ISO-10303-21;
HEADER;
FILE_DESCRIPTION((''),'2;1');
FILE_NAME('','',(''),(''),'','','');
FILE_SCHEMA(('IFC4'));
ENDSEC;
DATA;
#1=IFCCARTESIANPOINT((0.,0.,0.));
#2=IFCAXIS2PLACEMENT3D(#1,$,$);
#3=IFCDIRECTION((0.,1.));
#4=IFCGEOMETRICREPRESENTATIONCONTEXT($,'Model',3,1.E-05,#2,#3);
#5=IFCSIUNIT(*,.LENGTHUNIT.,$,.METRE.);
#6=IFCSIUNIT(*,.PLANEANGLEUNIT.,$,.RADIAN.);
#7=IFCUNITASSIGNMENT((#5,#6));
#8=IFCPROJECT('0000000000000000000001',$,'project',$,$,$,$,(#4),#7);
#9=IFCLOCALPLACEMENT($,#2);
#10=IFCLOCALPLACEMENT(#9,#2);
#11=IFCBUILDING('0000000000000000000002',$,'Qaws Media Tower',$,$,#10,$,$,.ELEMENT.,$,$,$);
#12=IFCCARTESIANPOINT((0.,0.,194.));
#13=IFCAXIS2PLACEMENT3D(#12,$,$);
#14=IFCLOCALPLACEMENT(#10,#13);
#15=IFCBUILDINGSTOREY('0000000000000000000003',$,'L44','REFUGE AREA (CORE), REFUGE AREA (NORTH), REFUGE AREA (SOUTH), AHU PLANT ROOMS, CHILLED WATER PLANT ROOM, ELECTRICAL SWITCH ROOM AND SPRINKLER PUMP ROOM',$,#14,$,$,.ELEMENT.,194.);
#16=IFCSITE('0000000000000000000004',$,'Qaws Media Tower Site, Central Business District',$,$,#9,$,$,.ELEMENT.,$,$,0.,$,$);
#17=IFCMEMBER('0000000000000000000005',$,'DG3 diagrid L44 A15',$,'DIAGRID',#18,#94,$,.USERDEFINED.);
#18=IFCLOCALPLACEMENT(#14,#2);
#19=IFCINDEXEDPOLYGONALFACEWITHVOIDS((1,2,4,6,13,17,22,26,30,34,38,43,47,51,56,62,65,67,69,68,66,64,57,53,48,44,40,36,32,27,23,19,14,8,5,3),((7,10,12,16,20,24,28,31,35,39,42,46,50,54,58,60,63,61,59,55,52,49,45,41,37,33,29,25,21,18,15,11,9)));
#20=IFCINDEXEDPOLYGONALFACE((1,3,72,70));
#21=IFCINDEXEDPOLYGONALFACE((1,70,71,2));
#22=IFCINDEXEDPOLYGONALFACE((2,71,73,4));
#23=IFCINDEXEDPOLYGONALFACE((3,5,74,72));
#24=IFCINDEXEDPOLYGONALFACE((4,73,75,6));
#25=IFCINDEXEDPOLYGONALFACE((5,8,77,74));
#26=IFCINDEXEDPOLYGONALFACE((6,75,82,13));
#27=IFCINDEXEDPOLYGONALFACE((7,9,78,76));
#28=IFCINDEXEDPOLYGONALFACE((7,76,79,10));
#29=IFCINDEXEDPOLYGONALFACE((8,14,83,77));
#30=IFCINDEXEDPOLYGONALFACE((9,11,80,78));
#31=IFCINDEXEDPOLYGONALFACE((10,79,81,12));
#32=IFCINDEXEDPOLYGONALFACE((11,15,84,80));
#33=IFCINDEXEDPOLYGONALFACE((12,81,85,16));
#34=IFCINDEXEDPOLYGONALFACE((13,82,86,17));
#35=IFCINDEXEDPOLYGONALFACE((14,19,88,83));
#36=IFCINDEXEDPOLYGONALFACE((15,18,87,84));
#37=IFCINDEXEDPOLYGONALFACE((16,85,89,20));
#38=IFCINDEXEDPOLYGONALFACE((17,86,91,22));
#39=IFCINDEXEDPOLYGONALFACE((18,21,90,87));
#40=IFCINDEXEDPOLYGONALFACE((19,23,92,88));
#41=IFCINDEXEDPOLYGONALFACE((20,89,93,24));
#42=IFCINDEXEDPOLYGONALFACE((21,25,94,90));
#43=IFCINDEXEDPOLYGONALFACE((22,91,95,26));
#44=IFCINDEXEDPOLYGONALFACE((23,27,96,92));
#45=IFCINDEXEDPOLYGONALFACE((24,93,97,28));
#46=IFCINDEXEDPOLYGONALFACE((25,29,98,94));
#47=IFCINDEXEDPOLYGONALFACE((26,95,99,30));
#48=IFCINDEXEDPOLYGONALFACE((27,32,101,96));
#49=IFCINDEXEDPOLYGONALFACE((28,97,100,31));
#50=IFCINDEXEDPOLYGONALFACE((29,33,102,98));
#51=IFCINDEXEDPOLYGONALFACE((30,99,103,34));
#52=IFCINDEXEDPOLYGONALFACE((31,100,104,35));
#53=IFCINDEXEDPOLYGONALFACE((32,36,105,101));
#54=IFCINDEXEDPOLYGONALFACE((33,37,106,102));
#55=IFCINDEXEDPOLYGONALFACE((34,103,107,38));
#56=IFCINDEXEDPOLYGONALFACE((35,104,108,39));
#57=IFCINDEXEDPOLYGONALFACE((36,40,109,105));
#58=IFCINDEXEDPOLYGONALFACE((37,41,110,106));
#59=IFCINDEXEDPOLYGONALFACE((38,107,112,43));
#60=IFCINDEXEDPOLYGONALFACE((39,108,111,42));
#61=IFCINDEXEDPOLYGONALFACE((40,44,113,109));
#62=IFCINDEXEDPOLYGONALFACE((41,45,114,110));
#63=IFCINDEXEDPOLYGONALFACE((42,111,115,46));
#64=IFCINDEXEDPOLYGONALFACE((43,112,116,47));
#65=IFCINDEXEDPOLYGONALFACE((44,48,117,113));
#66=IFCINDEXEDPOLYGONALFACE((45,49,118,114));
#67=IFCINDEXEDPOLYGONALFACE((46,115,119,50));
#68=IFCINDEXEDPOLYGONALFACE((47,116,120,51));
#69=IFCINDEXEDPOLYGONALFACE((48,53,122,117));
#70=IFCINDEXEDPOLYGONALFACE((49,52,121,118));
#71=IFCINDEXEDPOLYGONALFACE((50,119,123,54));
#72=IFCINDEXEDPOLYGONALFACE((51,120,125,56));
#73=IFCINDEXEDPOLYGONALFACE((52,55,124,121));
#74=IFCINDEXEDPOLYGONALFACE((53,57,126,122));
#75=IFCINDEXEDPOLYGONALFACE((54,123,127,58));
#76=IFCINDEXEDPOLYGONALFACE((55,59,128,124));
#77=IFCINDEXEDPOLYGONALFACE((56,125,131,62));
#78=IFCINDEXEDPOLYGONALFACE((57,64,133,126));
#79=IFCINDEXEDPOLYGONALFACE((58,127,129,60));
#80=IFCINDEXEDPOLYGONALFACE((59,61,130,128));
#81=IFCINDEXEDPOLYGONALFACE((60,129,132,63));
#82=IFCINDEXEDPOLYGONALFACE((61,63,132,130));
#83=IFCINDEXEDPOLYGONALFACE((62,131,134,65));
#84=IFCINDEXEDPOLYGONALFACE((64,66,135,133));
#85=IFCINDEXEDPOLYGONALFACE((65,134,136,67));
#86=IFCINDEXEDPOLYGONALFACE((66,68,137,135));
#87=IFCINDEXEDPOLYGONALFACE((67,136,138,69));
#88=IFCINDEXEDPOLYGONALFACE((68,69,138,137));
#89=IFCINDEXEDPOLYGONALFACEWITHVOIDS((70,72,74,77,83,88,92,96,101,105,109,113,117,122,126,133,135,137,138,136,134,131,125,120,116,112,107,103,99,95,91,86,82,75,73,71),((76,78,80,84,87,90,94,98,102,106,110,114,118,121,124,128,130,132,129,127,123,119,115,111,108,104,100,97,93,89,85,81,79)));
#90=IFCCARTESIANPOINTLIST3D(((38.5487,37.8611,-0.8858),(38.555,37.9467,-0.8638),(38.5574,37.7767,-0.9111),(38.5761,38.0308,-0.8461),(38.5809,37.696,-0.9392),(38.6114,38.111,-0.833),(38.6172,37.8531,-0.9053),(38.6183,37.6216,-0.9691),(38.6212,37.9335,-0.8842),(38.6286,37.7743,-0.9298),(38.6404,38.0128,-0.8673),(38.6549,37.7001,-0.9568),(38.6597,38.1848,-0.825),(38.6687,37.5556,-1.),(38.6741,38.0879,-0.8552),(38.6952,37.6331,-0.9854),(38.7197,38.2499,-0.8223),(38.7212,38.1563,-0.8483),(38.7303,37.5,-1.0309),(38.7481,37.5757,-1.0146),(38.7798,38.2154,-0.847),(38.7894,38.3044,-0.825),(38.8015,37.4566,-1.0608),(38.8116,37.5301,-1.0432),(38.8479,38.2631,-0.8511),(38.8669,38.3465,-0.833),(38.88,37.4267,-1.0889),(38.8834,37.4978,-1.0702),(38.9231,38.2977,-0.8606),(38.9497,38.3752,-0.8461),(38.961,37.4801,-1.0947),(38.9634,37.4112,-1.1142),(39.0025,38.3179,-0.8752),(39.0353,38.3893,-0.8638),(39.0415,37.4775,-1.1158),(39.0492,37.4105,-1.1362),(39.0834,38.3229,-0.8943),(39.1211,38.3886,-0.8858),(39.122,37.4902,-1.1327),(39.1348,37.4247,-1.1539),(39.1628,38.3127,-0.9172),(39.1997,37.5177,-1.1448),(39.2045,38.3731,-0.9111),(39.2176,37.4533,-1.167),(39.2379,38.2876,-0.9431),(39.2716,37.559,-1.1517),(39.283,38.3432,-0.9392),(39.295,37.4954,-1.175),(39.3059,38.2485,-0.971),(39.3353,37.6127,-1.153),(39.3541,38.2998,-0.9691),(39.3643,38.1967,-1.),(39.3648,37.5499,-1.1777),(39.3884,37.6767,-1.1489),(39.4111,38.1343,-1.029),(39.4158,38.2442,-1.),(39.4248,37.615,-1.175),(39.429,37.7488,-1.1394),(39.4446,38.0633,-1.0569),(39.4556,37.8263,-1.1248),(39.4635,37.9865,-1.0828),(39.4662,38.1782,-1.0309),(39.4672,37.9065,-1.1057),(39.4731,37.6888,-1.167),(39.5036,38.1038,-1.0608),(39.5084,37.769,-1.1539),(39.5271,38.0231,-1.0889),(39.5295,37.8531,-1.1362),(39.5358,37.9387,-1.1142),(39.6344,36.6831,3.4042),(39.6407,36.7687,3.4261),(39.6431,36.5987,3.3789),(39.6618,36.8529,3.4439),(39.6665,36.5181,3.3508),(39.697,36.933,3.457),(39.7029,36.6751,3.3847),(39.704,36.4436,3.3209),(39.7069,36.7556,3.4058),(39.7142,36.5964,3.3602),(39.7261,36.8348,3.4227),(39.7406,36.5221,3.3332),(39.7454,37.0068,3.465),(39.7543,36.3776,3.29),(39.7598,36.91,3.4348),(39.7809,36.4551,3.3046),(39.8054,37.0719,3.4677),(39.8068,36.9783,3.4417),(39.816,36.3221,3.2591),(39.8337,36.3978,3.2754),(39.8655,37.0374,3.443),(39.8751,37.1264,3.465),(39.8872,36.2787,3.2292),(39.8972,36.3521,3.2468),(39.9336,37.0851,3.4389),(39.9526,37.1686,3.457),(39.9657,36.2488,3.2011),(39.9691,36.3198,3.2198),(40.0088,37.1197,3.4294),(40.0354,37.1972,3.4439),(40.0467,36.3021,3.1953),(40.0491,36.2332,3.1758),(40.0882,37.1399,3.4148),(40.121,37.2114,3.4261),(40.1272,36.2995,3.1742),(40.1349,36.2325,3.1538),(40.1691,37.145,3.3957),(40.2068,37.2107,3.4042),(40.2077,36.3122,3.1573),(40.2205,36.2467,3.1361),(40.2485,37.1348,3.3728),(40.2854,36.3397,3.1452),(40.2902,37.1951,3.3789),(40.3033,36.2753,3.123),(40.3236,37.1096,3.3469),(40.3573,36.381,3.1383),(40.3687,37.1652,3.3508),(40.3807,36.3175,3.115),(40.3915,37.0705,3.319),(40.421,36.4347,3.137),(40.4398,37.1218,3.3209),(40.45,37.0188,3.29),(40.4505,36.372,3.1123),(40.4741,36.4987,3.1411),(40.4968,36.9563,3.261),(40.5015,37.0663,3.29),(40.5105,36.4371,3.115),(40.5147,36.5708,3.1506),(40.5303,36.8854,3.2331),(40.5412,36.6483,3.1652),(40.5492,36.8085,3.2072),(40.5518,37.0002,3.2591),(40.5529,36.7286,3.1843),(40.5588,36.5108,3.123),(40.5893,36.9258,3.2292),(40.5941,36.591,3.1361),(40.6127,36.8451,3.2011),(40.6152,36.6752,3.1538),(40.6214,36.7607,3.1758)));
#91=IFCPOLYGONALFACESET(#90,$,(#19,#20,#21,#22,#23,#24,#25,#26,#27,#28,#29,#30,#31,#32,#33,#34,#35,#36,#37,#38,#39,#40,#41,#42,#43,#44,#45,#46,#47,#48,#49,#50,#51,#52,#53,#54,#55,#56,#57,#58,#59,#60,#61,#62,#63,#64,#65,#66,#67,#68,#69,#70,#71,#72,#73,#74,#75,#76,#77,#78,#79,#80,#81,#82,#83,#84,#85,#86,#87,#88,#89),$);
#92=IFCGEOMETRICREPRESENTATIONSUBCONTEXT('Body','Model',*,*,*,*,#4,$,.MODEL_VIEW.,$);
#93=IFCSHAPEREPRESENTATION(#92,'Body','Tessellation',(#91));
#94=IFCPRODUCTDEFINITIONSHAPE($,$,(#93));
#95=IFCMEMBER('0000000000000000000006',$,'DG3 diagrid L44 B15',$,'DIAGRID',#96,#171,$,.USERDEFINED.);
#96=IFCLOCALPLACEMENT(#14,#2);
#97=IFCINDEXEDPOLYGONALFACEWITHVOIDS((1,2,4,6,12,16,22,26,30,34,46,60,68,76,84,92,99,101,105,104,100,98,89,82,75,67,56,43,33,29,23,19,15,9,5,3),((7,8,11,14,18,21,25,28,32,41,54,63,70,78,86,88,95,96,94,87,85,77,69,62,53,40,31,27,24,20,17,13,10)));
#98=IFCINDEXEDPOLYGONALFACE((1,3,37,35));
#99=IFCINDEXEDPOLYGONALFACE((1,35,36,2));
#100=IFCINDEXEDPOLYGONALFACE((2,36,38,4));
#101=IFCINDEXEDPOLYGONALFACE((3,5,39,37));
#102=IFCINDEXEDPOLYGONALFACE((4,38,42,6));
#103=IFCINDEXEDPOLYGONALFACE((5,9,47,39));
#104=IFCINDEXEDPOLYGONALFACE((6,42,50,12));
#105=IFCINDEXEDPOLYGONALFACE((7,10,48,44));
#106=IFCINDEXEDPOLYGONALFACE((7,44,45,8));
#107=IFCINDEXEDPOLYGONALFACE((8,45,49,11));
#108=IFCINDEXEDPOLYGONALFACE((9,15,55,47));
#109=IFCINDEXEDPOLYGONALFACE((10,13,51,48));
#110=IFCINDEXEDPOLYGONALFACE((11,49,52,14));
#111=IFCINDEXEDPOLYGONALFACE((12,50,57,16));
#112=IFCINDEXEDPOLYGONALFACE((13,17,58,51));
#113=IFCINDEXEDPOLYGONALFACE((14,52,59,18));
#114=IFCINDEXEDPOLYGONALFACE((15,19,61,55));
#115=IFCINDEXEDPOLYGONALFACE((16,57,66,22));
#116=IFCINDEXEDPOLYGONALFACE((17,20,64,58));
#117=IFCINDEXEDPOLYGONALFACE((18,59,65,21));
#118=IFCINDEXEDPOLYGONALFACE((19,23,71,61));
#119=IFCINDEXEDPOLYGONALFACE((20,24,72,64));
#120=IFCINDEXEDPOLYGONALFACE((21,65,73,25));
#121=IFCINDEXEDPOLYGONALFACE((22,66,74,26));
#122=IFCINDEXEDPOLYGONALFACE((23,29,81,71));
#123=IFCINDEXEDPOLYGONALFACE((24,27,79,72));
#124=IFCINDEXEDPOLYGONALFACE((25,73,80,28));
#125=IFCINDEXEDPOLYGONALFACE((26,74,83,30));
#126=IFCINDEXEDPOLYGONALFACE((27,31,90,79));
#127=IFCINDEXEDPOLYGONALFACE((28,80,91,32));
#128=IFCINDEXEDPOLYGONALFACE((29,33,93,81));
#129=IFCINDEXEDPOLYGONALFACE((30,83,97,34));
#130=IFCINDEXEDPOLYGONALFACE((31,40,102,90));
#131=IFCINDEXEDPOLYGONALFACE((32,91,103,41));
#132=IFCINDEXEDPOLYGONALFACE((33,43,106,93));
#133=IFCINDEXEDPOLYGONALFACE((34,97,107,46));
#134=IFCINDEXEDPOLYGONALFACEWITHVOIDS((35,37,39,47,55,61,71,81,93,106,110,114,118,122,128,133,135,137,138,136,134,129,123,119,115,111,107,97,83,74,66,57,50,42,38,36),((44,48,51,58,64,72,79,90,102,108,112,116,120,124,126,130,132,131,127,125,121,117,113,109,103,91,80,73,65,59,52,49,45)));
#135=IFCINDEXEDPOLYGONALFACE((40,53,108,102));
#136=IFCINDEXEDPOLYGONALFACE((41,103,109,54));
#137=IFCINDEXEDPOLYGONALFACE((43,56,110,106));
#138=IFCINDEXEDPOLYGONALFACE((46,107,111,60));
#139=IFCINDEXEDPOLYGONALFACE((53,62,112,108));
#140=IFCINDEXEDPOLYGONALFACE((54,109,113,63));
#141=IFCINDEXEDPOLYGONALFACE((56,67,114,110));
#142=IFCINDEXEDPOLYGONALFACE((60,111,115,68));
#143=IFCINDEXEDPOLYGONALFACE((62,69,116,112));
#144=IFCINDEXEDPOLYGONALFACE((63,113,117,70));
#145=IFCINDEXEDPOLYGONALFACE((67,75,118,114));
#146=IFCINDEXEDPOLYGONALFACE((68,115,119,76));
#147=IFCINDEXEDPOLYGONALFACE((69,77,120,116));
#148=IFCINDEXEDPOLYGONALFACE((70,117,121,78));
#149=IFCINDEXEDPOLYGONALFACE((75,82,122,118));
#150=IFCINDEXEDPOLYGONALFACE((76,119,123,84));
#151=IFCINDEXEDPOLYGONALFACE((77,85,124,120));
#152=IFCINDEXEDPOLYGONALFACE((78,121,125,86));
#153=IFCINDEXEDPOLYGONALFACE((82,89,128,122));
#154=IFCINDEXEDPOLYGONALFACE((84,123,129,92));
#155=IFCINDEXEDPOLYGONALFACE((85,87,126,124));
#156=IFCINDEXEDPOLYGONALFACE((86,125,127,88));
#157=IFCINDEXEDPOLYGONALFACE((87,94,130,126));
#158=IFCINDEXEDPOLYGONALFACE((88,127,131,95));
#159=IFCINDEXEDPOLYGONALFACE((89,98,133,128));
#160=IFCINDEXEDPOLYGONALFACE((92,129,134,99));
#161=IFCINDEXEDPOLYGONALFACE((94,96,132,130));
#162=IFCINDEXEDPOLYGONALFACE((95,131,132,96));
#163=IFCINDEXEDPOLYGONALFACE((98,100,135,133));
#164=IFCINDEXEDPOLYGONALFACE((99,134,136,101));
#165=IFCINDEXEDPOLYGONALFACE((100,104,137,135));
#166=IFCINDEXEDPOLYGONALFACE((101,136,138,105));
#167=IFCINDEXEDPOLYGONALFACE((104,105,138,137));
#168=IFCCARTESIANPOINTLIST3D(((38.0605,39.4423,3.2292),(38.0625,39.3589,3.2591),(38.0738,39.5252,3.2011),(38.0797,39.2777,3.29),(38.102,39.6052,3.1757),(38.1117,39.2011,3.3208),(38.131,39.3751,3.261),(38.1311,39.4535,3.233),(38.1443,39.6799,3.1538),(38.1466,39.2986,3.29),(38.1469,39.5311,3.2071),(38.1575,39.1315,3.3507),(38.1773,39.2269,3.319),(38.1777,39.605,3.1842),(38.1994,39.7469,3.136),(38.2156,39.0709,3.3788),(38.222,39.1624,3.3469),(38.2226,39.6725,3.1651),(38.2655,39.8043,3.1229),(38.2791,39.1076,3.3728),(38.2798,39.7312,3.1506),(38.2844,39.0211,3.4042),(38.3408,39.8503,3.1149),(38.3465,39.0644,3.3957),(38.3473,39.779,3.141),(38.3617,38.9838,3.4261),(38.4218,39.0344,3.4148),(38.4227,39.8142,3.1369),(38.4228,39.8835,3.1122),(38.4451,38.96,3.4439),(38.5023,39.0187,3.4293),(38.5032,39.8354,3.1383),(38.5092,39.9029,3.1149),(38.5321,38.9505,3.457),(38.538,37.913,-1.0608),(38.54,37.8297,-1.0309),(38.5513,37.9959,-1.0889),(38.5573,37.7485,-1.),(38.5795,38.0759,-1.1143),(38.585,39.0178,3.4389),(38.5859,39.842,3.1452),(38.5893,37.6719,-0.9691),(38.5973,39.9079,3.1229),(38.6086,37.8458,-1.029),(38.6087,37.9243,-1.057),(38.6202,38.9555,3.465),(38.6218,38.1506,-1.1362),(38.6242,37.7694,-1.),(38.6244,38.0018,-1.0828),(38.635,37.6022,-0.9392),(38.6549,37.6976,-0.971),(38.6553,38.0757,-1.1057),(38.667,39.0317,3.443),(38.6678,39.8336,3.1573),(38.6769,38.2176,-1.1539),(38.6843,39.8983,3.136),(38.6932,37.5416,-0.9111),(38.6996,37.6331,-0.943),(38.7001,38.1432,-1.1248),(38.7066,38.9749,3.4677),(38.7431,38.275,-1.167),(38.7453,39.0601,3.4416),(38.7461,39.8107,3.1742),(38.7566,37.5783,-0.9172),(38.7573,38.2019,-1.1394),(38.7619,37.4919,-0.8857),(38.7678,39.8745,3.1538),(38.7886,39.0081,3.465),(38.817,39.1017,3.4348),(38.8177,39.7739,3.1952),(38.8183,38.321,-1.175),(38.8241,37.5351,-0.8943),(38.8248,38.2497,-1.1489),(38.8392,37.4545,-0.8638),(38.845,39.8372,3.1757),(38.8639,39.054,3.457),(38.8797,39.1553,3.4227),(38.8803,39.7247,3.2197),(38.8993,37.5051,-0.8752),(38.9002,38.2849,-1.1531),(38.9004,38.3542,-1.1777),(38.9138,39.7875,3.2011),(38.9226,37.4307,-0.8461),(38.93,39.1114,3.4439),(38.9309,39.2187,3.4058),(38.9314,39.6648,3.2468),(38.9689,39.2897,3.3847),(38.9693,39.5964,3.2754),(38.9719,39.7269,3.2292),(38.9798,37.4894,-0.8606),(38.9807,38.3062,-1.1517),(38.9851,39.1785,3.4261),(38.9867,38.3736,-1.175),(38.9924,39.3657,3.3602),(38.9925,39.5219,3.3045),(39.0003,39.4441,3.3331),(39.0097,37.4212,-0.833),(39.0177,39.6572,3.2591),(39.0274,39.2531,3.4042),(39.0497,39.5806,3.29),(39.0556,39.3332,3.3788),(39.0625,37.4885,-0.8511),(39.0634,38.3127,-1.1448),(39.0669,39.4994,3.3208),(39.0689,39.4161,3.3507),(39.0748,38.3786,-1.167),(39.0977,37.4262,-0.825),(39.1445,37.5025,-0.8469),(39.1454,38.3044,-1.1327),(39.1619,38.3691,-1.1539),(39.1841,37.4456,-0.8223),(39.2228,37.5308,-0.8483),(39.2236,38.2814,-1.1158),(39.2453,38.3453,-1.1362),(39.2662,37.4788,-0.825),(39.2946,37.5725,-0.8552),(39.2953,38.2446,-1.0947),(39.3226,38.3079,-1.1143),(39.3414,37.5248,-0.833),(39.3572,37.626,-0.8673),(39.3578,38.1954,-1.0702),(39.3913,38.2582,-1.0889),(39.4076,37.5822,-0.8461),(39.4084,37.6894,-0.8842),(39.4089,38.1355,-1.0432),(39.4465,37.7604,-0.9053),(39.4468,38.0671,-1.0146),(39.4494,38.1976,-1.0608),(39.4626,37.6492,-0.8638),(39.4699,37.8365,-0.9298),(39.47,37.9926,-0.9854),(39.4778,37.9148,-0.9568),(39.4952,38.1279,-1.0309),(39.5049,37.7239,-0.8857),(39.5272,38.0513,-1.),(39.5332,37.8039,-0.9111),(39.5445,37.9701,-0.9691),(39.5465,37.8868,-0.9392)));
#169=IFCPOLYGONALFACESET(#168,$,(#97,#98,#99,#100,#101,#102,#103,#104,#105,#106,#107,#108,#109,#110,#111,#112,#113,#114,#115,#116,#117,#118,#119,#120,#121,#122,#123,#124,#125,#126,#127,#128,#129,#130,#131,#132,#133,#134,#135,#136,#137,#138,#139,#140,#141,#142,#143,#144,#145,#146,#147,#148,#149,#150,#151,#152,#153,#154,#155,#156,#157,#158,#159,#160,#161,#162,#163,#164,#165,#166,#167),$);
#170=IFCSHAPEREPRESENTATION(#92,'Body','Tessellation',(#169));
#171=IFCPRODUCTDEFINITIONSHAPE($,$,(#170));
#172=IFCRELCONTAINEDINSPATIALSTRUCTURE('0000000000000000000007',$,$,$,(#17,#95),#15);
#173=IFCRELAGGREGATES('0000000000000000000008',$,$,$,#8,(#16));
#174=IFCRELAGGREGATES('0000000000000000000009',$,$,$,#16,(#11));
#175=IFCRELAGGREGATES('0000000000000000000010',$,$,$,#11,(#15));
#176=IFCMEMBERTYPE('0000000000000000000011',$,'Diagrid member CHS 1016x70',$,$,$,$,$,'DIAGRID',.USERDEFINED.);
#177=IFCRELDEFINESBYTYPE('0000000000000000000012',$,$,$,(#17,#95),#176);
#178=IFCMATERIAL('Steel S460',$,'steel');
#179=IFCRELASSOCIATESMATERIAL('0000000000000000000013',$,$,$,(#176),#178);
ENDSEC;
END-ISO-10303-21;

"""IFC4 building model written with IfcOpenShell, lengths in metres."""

from ifc_helpers import new_model, si_unit, direction, frame, origin, origin_2d, place, context, subcontext, project, spatial, hollow_circle, extrude, material, material_profile, profile_set, type_object, element, save


model = new_model("IFC4")

# Units and contexts
model_context = context("Model", 3, precision=1e-05, world=origin(), true_north=direction((0.0, 1.0)))
body_context = subcontext(model_context, "Body", "Model", "MODEL_VIEW")
ifc_project = project(units=[si_unit("LENGTHUNIT", "METRE"), si_unit("PLANEANGLEUNIT", "RADIAN")], contexts=[model_context])

# Site, building, storey
site_placement = place(None, origin())
site = spatial("IfcSite", under=ifc_project, at=site_placement, Name="Qaws Media Tower Site, Central Business District", CompositionType="ELEMENT", RefElevation=0.0)
building_placement = place(site_placement, origin())
building = spatial("IfcBuilding", under=site, at=building_placement, Name="Qaws Media Tower", CompositionType="ELEMENT")
storey_placement = place(building_placement, frame((0.0, 0.0, 194.0)))
storey = spatial("IfcBuildingStorey", under=building, at=storey_placement, Name="L44", Description="REFUGE AREA (CORE), REFUGE AREA (NORTH), REFUGE AREA (SOUTH), AHU PLANT ROOMS, CHILLED WATER PLANT ROOM, ELECTRICAL SWITCH ROOM AND SPRINKLER PUMP ROOM", CompositionType="ELEMENT", Elevation=194.0)

# Members
ifc_material_1 = material(Name="Steel S460", Category="steel")
ifc_material_profile_1 = material_profile(ifc_material_1, hollow_circle(Radius=0.5081, WallThickness=0.0701, at=origin_2d()), Name="CHS 1016x70")
ifc_profile_set_1 = profile_set([ifc_material_profile_1], Name="Steel S460")
member_type = type_object("IfcMemberType", Name="Diagrid member CHS 1016x70", ElementType="DIAGRID", PredefinedType="USERDEFINED", material=ifc_profile_set_1)
for number, where, z_axis, x_axis, name in (
    (1, (39.0422, 37.8999, -1.0), (0.237083, -0.257235, 0.936815), (0.735323, 0.677717, 0.0), "DG3 diagrid L44 A15"),
    (2, (39.0422, 37.8999, -1.0), (-0.104279, 0.333949, 0.936805), (-0.954545, -0.298067, 0.0), "DG3 diagrid L44 B15"),
):
    element("IfcMember", number, at=place(storey_placement, frame(where, z_axis=z_axis, x_axis=x_axis)), inside=storey, type_object=member_type, Name=name, ObjectType="DIAGRID", PredefinedType="USERDEFINED", context=body_context, shape_type="SweptSolid", body=[
        extrude(hollow_circle(Radius=0.5081, WallThickness=0.0701, at=origin_2d()), origin(), (0.0, 0.0, 1.0), 4.5793),
    ])

save(model, "model.ifc")
